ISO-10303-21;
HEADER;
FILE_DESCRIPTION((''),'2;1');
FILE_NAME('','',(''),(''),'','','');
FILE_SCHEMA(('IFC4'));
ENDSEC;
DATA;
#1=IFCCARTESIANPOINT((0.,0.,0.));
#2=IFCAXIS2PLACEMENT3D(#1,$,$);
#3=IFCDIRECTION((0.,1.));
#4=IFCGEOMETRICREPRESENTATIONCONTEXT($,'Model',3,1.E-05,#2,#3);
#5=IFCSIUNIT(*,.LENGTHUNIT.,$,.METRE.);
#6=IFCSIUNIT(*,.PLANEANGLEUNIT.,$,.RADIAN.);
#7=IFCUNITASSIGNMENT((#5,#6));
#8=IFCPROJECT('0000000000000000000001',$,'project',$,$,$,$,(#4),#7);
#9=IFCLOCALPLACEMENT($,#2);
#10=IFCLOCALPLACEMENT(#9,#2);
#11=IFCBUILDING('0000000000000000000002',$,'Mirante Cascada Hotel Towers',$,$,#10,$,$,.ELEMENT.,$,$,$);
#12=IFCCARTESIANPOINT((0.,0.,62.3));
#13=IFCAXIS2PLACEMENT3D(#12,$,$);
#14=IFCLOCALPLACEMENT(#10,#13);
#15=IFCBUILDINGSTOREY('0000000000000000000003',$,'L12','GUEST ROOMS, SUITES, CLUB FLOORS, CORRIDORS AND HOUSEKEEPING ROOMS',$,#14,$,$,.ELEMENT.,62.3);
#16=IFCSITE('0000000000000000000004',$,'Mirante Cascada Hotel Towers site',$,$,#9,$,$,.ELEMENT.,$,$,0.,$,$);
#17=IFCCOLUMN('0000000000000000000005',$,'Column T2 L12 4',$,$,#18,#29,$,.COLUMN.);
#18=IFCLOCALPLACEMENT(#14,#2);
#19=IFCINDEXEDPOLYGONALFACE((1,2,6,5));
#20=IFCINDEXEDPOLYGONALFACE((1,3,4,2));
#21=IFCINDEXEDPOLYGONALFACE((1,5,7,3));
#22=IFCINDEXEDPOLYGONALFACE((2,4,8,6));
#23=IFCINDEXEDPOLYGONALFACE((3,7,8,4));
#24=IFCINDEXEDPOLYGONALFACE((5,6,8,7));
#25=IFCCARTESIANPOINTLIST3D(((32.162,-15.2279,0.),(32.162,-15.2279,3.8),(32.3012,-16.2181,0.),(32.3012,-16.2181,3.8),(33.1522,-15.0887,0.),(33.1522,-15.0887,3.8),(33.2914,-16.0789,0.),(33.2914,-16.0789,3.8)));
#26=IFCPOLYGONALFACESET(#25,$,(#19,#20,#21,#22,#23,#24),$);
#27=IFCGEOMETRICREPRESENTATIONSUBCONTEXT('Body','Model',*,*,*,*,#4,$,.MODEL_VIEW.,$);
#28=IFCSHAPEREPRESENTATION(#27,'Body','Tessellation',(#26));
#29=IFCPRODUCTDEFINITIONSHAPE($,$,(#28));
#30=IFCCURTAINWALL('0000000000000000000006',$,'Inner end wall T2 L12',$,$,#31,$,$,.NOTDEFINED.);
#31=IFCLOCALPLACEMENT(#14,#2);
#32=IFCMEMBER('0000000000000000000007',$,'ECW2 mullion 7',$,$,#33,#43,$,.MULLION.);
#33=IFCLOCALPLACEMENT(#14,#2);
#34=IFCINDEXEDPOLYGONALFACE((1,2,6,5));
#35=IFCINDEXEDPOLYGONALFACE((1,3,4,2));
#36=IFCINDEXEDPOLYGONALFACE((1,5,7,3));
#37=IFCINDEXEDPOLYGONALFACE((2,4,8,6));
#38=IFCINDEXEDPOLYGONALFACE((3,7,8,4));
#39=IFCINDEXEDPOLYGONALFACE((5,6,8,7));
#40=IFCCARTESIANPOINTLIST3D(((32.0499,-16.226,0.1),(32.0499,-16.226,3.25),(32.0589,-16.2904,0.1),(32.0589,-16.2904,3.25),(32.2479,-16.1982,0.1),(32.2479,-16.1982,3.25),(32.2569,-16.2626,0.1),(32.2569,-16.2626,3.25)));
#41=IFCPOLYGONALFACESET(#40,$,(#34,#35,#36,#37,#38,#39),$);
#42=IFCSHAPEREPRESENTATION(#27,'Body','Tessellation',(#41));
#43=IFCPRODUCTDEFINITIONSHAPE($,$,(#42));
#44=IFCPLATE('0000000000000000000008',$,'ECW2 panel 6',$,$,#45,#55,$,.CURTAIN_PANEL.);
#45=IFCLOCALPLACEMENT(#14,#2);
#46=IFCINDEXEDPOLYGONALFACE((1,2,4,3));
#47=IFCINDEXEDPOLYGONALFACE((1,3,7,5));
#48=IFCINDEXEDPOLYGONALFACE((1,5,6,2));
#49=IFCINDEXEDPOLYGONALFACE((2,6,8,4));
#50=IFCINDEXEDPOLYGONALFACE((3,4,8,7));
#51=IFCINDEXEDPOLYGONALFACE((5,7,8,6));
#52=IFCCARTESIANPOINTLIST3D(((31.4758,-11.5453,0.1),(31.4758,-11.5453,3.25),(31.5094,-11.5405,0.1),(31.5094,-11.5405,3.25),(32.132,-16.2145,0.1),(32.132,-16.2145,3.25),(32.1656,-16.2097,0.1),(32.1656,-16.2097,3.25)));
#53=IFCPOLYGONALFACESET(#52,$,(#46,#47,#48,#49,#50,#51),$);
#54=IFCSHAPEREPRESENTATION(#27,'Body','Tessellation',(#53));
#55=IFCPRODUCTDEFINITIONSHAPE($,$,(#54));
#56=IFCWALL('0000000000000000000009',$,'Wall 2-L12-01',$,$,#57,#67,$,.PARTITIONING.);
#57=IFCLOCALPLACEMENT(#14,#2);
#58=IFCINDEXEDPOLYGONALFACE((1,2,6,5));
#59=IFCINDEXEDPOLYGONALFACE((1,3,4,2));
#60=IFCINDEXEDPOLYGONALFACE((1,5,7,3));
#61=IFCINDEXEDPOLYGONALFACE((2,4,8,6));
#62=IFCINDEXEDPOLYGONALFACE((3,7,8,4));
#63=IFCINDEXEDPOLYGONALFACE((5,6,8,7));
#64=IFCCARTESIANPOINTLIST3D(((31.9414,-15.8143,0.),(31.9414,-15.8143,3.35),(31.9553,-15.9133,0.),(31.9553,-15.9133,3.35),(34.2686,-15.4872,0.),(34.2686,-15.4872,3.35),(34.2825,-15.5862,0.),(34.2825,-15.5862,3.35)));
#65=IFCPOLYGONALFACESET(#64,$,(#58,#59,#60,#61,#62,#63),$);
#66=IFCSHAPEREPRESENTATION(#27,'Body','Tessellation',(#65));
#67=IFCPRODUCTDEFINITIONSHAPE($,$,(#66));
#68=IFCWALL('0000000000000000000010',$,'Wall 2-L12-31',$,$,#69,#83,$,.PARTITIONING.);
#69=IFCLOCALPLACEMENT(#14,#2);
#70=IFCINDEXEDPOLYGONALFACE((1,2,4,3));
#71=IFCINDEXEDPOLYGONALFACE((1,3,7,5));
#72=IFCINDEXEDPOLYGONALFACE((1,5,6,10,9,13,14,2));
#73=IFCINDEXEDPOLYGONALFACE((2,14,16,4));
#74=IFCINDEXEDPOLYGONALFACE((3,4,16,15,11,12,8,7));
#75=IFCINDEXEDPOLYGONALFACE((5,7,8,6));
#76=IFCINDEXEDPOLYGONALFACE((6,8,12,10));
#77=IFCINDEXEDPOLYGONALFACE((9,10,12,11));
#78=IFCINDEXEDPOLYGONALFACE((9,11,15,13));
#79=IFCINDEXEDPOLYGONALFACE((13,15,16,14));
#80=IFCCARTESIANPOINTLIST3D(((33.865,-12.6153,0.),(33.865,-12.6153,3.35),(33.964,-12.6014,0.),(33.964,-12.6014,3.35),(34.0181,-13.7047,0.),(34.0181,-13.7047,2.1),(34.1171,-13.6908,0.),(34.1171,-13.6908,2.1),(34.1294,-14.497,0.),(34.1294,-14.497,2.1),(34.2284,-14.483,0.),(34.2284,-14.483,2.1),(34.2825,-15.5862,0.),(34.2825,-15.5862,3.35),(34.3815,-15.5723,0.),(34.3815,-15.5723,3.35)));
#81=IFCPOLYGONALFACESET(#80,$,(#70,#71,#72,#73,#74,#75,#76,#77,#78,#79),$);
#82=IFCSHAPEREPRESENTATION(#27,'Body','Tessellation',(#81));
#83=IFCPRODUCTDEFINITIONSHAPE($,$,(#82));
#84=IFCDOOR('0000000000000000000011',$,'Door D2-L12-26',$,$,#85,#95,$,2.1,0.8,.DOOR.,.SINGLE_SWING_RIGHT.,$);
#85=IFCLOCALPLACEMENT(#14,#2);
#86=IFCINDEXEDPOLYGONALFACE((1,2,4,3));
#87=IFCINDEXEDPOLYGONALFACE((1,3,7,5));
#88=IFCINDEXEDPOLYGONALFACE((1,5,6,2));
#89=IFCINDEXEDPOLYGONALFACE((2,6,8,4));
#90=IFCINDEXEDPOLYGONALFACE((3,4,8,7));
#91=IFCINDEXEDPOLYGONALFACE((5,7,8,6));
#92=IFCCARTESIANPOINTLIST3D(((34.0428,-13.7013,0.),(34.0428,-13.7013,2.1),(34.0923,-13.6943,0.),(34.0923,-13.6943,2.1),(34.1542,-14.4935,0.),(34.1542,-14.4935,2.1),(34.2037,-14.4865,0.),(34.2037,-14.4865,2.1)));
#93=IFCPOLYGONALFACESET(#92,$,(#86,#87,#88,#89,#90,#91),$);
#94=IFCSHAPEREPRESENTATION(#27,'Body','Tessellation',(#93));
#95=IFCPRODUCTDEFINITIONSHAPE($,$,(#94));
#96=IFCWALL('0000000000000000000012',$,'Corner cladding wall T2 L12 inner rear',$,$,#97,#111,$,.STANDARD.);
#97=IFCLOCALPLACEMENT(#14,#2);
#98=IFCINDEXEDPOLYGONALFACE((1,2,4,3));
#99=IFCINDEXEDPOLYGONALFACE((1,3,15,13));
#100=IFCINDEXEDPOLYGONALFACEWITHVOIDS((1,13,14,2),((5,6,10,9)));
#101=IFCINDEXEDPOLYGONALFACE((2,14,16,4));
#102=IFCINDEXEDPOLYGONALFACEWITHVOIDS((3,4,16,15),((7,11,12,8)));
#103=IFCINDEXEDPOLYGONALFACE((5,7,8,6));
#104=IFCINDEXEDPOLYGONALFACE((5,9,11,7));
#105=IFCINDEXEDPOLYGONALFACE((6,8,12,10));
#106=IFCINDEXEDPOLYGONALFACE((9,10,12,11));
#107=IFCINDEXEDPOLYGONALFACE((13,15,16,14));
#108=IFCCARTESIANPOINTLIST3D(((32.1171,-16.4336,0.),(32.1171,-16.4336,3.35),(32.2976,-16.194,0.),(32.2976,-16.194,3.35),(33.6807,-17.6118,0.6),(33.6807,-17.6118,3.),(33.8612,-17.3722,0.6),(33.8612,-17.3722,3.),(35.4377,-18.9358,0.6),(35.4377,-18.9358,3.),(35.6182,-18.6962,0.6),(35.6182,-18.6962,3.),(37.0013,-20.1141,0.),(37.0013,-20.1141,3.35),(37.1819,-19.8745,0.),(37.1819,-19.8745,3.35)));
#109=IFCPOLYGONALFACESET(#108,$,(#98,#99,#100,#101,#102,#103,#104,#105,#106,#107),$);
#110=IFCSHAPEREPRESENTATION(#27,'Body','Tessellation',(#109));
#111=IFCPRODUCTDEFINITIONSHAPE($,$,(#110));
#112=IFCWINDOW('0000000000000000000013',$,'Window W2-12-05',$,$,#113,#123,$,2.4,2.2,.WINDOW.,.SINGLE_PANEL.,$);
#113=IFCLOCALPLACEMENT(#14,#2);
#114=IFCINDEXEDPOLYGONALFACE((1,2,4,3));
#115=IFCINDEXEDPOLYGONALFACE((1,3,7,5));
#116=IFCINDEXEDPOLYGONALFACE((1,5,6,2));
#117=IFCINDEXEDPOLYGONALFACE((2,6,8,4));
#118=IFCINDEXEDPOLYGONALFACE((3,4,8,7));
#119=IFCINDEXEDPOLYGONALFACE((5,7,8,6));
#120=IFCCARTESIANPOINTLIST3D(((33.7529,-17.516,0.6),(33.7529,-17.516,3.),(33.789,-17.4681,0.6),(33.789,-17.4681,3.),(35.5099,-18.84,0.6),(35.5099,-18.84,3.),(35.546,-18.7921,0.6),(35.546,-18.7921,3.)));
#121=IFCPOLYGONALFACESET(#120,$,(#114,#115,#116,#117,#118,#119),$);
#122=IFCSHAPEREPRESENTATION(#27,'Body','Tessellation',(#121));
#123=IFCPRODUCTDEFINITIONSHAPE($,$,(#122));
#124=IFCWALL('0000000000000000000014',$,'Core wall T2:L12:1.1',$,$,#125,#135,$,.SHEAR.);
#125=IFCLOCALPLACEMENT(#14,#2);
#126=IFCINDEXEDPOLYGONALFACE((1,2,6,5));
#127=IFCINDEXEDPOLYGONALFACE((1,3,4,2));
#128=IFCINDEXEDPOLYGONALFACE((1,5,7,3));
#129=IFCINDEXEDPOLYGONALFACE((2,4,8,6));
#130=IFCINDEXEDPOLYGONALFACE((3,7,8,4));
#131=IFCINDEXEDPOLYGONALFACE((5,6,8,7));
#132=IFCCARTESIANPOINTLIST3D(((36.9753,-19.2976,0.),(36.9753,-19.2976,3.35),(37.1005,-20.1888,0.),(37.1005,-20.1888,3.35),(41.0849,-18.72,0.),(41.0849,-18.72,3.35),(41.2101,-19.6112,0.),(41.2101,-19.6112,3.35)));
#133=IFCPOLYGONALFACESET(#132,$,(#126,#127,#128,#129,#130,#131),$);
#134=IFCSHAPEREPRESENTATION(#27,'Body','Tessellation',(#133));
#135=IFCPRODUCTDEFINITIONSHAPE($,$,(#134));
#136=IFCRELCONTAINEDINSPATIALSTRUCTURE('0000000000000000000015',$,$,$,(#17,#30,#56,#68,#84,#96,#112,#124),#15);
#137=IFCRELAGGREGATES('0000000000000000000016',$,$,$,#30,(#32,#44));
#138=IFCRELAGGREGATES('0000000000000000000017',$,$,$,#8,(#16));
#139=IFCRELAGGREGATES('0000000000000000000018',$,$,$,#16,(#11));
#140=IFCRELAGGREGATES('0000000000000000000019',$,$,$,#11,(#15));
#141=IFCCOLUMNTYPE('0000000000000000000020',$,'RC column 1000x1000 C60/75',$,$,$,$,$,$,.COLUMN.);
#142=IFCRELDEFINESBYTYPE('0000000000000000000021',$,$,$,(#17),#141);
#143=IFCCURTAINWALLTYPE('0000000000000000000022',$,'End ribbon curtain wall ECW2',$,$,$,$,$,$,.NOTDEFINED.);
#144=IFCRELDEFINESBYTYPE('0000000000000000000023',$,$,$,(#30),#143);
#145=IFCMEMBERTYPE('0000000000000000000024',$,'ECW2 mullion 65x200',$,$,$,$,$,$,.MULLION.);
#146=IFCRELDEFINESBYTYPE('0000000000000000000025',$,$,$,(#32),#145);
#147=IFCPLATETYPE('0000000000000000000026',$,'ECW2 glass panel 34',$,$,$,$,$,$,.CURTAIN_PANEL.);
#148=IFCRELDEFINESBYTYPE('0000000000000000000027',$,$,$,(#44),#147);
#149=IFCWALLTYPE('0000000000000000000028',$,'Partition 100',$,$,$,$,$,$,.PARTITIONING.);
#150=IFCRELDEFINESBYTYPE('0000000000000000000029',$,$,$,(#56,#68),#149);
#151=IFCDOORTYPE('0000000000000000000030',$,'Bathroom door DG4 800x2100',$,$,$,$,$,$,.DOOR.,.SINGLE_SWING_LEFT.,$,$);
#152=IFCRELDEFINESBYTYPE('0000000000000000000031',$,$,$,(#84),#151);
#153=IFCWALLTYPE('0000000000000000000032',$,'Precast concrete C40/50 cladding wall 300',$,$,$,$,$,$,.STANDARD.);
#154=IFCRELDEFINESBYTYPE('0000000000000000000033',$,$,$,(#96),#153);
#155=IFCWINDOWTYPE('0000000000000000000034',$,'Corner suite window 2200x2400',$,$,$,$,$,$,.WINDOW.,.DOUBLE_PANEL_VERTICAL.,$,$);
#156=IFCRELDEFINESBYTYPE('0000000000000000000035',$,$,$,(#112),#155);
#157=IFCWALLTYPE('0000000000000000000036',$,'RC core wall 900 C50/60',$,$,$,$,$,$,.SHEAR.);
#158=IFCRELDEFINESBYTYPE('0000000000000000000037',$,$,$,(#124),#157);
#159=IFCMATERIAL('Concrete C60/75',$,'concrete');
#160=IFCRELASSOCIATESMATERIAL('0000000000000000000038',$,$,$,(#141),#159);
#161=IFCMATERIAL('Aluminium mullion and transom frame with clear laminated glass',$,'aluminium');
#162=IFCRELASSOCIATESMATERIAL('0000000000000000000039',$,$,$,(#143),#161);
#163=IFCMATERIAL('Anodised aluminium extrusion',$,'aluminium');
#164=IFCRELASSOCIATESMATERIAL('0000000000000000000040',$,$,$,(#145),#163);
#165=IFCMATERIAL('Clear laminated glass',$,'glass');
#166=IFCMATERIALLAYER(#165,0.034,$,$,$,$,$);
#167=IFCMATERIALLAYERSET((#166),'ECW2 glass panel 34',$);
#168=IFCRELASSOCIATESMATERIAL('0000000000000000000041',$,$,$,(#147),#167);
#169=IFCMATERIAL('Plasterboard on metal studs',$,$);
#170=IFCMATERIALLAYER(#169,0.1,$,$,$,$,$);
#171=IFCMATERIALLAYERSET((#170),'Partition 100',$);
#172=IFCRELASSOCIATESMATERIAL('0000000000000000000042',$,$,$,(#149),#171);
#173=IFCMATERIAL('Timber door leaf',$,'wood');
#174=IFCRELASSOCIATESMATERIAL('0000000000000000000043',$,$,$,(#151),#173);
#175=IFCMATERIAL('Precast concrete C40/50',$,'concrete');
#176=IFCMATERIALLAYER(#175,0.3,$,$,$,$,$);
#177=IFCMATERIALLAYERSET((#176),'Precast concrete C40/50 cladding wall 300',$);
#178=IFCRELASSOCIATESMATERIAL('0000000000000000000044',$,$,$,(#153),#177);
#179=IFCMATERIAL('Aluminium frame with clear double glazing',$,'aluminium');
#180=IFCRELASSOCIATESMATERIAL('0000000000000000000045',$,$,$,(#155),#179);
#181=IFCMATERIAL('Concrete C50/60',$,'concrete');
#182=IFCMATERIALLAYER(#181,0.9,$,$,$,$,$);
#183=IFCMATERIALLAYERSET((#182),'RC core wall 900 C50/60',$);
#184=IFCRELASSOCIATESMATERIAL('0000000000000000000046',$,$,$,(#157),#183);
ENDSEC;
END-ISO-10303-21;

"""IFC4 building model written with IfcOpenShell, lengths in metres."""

from ifc_helpers import new_model, si_unit, direction, frame, frame_2d, origin, origin_2d, place, context, subcontext, project, spatial, rectangle, extrude, material, layer, layer_set, material_profile, profile_set, type_object, element, fill, aggregate, save


model = new_model("IFC4")

# Units and contexts
model_context = context("Model", 3, precision=1e-05, world=origin(), true_north=direction((0.0, 1.0)))
body_context = subcontext(model_context, "Body", "Model", "MODEL_VIEW")
ifc_project = project(units=[si_unit("LENGTHUNIT", "METRE"), si_unit("PLANEANGLEUNIT", "RADIAN")], contexts=[model_context])

# Site, building, storey
site_placement = place(None, origin())
site = spatial("IfcSite", under=ifc_project, at=site_placement, Name="Mirante Cascada Hotel Towers site", CompositionType="ELEMENT", RefElevation=0.0)
building_placement = place(site_placement, origin())
building = spatial("IfcBuilding", under=site, at=building_placement, Name="Mirante Cascada Hotel Towers", CompositionType="ELEMENT")
storey_placement = place(building_placement, frame((0.0, 0.0, 62.3)))
storey = spatial("IfcBuildingStorey", under=building, at=storey_placement, Name="L12", Description="GUEST ROOMS, SUITES, CLUB FLOORS, CORRIDORS AND HOUSEKEEPING ROOMS", CompositionType="ELEMENT", Elevation=62.3)

# Column
ifc_material_1 = material(Name="Concrete C60/75", Category="concrete")
ifc_material_profile_1 = material_profile(ifc_material_1, rectangle(XDim=1.0, YDim=1.0, at=origin_2d()), Name="RC column 1000x1000 C60/75")
ifc_profile_set_1 = profile_set([ifc_material_profile_1], Name="Concrete C60/75")
column_type = type_object("IfcColumnType", Name="RC column 1000x1000 C60/75", PredefinedType="COLUMN", material=ifc_profile_set_1)
column_placement = place(storey_placement, frame((32.7267, -15.6534, 0.0), z_axis=(0.0, 0.0, 1.0), x_axis=(0.990268, 0.139173, 0.0)))
element("IfcColumn", 1, at=column_placement, inside=storey, type_object=column_type, Name="Column T2 L12 4", PredefinedType="COLUMN", context=body_context, shape_type="SweptSolid", body=[
    extrude(rectangle(XDim=1.0, YDim=1.0, at=origin_2d()), origin(), (0.0, 0.0, 1.0), 3.8),
])

# Curtain wall, member, plate
ifc_material_2 = material(Name="Aluminium mullion and transom frame with clear laminated glass", Category="aluminium")
curtain_wall_type = type_object("IfcCurtainWallType", Name="End ribbon curtain wall ECW2", PredefinedType="NOTDEFINED", material=ifc_material_2)
curtain_wall_placement = place(storey_placement, origin())
curtain_wall = element("IfcCurtainWall", 2, at=curtain_wall_placement, inside=storey, type_object=curtain_wall_type, Name="Inner end wall T2 L12", PredefinedType="NOTDEFINED")
ifc_material_3 = material(Name="Anodised aluminium extrusion", Category="aluminium")
ifc_material_profile_2 = material_profile(ifc_material_3, rectangle(XDim=0.2, YDim=0.065, at=origin_2d()), Name="ECW2 MULLION 65x200")
ifc_profile_set_2 = profile_set([ifc_material_profile_2], Name="Anodised aluminium extrusion")
member_type = type_object("IfcMemberType", Name="ECW2 mullion 65x200", PredefinedType="MULLION", material=ifc_profile_set_2)
member_placement = place(storey_placement, frame((32.1534, -16.2443, 0.1), z_axis=(0.0, 0.0, 1.0), x_axis=(0.990268, 0.139173, 0.0)))
member = element("IfcMember", 3, at=member_placement, type_object=member_type, Name="ECW2 mullion 7", PredefinedType="MULLION", context=body_context, shape_type="SweptSolid", body=[
    extrude(rectangle(XDim=0.2, YDim=0.065, at=origin_2d()), origin(), (0.0, 0.0, 1.0), 3.15),
])
ifc_material_4 = material(Name="Clear laminated glass", Category="glass")
ifc_layer_1 = layer(ifc_material_4, 0.034)
ifc_layer_set_1 = layer_set([ifc_layer_1], Name="ECW2 glass panel 34")
plate_type = type_object("IfcPlateType", Name="ECW2 glass panel 34", PredefinedType="CURTAIN_PANEL", material=ifc_layer_set_1)
plate_placement = place(storey_placement, frame((31.8207, -13.8775, 0.1), z_axis=(0.0, 0.0, 1.0), x_axis=(0.139173, -0.990268, 0.0)))
plate = element("IfcPlate", 4, at=plate_placement, type_object=plate_type, Name="ECW2 panel 6", PredefinedType="CURTAIN_PANEL", context=body_context, shape_type="SweptSolid", body=[
    extrude(rectangle(XDim=4.7151, YDim=0.034, at=origin_2d()), origin(), (0.0, 0.0, 1.0), 3.15),
])
aggregate(curtain_wall, [member, plate])

# Wall
ifc_material_5 = material(Name="Plasterboard on metal studs")
ifc_layer_2 = layer(ifc_material_5, 0.1)
ifc_layer_set_2 = layer_set([ifc_layer_2], Name="Partition 100")
wall_type_1 = type_object("IfcWallType", Name="Partition 100", PredefinedType="PARTITIONING", material=ifc_layer_set_2)
wall_1_placement = place(storey_placement, frame((31.9484, -15.8638, 0.0), z_axis=(0.0, 0.0, 1.0), x_axis=(0.990266, 0.139187, 0.0)))
element("IfcWall", 5, at=wall_1_placement, inside=storey, type_object=wall_type_1, Name="Wall 2-L12-01", PredefinedType="PARTITIONING", context=body_context, shape_type="SweptSolid", body=[
    extrude(rectangle(XDim=2.3501, YDim=0.1, at=frame_2d((1.175, 0.0))), origin(), (0.0, 0.0, 1.0), 3.35),
])

# Wall, opening, door
wall_2_placement = place(storey_placement, frame((34.332, -15.5793, 0.0), z_axis=(0.0, 0.0, 1.0), x_axis=(-0.139162, 0.99027, 0.0)))
wall_2 = element("IfcWall", 6, at=wall_2_placement, inside=storey, type_object=wall_type_1, Name="Wall 2-L12-31", PredefinedType="PARTITIONING", context=body_context, shape_type="SweptSolid", body=[
    extrude(rectangle(XDim=3.0001, YDim=0.1, at=frame_2d((1.5001, 0.0))), origin(), (0.0, 0.0, 1.0), 3.35),
])
opening_1_placement = place(wall_2_placement, frame((1.1, 0.0, 0.0)))
opening_1 = element("IfcOpeningElement", 7, at=opening_1_placement, cuts=wall_2, PredefinedType="OPENING", context=body_context, shape_type="SweptSolid", body=[
    extrude(rectangle(XDim=0.8, YDim=2.1, at=frame_2d((0.4, 1.05))), frame((0.0, 0.05, 0.0), z_axis=(0.0, -1.0, 0.0), x_axis=(1.0, 0.0, 0.0)), (0.0, 0.0, 1.0), 0.1),
])
ifc_material_6 = material(Name="Timber door leaf", Category="wood")
door_type = type_object("IfcDoorType", Name="Bathroom door DG4 800x2100", OperationType="SINGLE_SWING_LEFT", PredefinedType="DOOR", material=ifc_material_6)
door_placement = place(opening_1_placement, frame((0.8, 0.0, 0.0), z_axis=(0.0, 0.0, 1.0), x_axis=(-1.0, 0.0, 0.0)))
door = element("IfcDoor", 8, at=door_placement, inside=storey, type_object=door_type, Name="Door D2-L12-26", OperationType="SINGLE_SWING_RIGHT", OverallHeight=2.1, OverallWidth=0.8, PredefinedType="DOOR", context=body_context, shape_type="SweptSolid", body=[
    extrude(rectangle(XDim=0.8, YDim=2.1, at=frame_2d((0.4, 1.05))), frame((0.0, 0.025, 0.0), z_axis=(0.0, -1.0, 0.0), x_axis=(1.0, 0.0, 0.0)), (0.0, 0.0, 1.0), 0.05),
])
fill(opening_1, door)

# Wall, opening, window
ifc_material_7 = material(Name="Precast concrete C40/50", Category="concrete")
ifc_layer_3 = layer(ifc_material_7, 0.3)
ifc_layer_set_3 = layer_set([ifc_layer_3], Name="Precast concrete C40/50 cladding wall 300")
wall_type_2 = type_object("IfcWallType", Name="Precast concrete C40/50 cladding wall 300", PredefinedType="STANDARD", material=ifc_layer_set_3)
wall_3_placement = place(storey_placement, frame((32.2074, -16.3138, 0.0), z_axis=(0.0, 0.0, 1.0), x_axis=(0.798636, -0.601814, 0.0)))
wall_3 = element("IfcWall", 9, at=wall_3_placement, inside=storey, type_object=wall_type_2, Name="Corner cladding wall T2 L12 inner rear", PredefinedType="STANDARD", context=body_context, shape_type="SweptSolid", body=[
    extrude(rectangle(XDim=6.1157, YDim=0.3, at=frame_2d((3.0578, 0.0))), origin(), (0.0, 0.0, 1.0), 3.35),
])
opening_2_placement = place(wall_3_placement, frame((1.9578, 0.0, 0.6)))
opening_2 = element("IfcOpeningElement", 10, at=opening_2_placement, cuts=wall_3, PredefinedType="OPENING", context=body_context, shape_type="SweptSolid", body=[
    extrude(rectangle(XDim=2.2, YDim=2.4, at=frame_2d((1.1, 1.2))), frame((0.0, 0.15, 0.0), z_axis=(0.0, -1.0, 0.0), x_axis=(1.0, 0.0, 0.0)), (0.0, 0.0, 1.0), 0.3),
])
ifc_material_8 = material(Name="Aluminium frame with clear double glazing", Category="aluminium")
window_type = type_object("IfcWindowType", Name="Corner suite window 2200x2400", PartitioningType="DOUBLE_PANEL_VERTICAL", PredefinedType="WINDOW", material=ifc_material_8)
window_placement = place(opening_2_placement, origin())
window = element("IfcWindow", 11, at=window_placement, inside=storey, type_object=window_type, Name="Window W2-12-05", OverallHeight=2.4, OverallWidth=2.2, PartitioningType="SINGLE_PANEL", PredefinedType="WINDOW", context=body_context, shape_type="SweptSolid", body=[
    extrude(rectangle(XDim=2.2, YDim=2.4, at=frame_2d((1.1, 1.2))), frame((0.0, 0.03, 0.0), z_axis=(0.0, -1.0, 0.0), x_axis=(1.0, 0.0, 0.0)), (0.0, 0.0, 1.0), 0.06),
])
fill(opening_2, window)

# Wall
ifc_material_9 = material(Name="Concrete C50/60", Category="concrete")
ifc_layer_4 = layer(ifc_material_9, 0.9)
ifc_layer_set_4 = layer_set([ifc_layer_4], Name="RC core wall 900 C50/60")
wall_type_3 = type_object("IfcWallType", Name="RC core wall 900 C50/60", PredefinedType="SHEAR", material=ifc_layer_set_4)
wall_4_placement = place(storey_placement, frame((37.0379, -19.7432, 0.0), z_axis=(0.0, 0.0, 1.0), x_axis=(0.990267, 0.139181, 0.0)))
element("IfcWall", 12, at=wall_4_placement, inside=storey, type_object=wall_type_3, Name="Core wall T2:L12:1.1", PredefinedType="SHEAR", context=body_context, shape_type="SweptSolid", body=[
    extrude(rectangle(XDim=4.15, YDim=0.9, at=frame_2d((2.075, 0.0))), origin(), (0.0, 0.0, 1.0), 3.35),
])

save(model, "model.ifc")
